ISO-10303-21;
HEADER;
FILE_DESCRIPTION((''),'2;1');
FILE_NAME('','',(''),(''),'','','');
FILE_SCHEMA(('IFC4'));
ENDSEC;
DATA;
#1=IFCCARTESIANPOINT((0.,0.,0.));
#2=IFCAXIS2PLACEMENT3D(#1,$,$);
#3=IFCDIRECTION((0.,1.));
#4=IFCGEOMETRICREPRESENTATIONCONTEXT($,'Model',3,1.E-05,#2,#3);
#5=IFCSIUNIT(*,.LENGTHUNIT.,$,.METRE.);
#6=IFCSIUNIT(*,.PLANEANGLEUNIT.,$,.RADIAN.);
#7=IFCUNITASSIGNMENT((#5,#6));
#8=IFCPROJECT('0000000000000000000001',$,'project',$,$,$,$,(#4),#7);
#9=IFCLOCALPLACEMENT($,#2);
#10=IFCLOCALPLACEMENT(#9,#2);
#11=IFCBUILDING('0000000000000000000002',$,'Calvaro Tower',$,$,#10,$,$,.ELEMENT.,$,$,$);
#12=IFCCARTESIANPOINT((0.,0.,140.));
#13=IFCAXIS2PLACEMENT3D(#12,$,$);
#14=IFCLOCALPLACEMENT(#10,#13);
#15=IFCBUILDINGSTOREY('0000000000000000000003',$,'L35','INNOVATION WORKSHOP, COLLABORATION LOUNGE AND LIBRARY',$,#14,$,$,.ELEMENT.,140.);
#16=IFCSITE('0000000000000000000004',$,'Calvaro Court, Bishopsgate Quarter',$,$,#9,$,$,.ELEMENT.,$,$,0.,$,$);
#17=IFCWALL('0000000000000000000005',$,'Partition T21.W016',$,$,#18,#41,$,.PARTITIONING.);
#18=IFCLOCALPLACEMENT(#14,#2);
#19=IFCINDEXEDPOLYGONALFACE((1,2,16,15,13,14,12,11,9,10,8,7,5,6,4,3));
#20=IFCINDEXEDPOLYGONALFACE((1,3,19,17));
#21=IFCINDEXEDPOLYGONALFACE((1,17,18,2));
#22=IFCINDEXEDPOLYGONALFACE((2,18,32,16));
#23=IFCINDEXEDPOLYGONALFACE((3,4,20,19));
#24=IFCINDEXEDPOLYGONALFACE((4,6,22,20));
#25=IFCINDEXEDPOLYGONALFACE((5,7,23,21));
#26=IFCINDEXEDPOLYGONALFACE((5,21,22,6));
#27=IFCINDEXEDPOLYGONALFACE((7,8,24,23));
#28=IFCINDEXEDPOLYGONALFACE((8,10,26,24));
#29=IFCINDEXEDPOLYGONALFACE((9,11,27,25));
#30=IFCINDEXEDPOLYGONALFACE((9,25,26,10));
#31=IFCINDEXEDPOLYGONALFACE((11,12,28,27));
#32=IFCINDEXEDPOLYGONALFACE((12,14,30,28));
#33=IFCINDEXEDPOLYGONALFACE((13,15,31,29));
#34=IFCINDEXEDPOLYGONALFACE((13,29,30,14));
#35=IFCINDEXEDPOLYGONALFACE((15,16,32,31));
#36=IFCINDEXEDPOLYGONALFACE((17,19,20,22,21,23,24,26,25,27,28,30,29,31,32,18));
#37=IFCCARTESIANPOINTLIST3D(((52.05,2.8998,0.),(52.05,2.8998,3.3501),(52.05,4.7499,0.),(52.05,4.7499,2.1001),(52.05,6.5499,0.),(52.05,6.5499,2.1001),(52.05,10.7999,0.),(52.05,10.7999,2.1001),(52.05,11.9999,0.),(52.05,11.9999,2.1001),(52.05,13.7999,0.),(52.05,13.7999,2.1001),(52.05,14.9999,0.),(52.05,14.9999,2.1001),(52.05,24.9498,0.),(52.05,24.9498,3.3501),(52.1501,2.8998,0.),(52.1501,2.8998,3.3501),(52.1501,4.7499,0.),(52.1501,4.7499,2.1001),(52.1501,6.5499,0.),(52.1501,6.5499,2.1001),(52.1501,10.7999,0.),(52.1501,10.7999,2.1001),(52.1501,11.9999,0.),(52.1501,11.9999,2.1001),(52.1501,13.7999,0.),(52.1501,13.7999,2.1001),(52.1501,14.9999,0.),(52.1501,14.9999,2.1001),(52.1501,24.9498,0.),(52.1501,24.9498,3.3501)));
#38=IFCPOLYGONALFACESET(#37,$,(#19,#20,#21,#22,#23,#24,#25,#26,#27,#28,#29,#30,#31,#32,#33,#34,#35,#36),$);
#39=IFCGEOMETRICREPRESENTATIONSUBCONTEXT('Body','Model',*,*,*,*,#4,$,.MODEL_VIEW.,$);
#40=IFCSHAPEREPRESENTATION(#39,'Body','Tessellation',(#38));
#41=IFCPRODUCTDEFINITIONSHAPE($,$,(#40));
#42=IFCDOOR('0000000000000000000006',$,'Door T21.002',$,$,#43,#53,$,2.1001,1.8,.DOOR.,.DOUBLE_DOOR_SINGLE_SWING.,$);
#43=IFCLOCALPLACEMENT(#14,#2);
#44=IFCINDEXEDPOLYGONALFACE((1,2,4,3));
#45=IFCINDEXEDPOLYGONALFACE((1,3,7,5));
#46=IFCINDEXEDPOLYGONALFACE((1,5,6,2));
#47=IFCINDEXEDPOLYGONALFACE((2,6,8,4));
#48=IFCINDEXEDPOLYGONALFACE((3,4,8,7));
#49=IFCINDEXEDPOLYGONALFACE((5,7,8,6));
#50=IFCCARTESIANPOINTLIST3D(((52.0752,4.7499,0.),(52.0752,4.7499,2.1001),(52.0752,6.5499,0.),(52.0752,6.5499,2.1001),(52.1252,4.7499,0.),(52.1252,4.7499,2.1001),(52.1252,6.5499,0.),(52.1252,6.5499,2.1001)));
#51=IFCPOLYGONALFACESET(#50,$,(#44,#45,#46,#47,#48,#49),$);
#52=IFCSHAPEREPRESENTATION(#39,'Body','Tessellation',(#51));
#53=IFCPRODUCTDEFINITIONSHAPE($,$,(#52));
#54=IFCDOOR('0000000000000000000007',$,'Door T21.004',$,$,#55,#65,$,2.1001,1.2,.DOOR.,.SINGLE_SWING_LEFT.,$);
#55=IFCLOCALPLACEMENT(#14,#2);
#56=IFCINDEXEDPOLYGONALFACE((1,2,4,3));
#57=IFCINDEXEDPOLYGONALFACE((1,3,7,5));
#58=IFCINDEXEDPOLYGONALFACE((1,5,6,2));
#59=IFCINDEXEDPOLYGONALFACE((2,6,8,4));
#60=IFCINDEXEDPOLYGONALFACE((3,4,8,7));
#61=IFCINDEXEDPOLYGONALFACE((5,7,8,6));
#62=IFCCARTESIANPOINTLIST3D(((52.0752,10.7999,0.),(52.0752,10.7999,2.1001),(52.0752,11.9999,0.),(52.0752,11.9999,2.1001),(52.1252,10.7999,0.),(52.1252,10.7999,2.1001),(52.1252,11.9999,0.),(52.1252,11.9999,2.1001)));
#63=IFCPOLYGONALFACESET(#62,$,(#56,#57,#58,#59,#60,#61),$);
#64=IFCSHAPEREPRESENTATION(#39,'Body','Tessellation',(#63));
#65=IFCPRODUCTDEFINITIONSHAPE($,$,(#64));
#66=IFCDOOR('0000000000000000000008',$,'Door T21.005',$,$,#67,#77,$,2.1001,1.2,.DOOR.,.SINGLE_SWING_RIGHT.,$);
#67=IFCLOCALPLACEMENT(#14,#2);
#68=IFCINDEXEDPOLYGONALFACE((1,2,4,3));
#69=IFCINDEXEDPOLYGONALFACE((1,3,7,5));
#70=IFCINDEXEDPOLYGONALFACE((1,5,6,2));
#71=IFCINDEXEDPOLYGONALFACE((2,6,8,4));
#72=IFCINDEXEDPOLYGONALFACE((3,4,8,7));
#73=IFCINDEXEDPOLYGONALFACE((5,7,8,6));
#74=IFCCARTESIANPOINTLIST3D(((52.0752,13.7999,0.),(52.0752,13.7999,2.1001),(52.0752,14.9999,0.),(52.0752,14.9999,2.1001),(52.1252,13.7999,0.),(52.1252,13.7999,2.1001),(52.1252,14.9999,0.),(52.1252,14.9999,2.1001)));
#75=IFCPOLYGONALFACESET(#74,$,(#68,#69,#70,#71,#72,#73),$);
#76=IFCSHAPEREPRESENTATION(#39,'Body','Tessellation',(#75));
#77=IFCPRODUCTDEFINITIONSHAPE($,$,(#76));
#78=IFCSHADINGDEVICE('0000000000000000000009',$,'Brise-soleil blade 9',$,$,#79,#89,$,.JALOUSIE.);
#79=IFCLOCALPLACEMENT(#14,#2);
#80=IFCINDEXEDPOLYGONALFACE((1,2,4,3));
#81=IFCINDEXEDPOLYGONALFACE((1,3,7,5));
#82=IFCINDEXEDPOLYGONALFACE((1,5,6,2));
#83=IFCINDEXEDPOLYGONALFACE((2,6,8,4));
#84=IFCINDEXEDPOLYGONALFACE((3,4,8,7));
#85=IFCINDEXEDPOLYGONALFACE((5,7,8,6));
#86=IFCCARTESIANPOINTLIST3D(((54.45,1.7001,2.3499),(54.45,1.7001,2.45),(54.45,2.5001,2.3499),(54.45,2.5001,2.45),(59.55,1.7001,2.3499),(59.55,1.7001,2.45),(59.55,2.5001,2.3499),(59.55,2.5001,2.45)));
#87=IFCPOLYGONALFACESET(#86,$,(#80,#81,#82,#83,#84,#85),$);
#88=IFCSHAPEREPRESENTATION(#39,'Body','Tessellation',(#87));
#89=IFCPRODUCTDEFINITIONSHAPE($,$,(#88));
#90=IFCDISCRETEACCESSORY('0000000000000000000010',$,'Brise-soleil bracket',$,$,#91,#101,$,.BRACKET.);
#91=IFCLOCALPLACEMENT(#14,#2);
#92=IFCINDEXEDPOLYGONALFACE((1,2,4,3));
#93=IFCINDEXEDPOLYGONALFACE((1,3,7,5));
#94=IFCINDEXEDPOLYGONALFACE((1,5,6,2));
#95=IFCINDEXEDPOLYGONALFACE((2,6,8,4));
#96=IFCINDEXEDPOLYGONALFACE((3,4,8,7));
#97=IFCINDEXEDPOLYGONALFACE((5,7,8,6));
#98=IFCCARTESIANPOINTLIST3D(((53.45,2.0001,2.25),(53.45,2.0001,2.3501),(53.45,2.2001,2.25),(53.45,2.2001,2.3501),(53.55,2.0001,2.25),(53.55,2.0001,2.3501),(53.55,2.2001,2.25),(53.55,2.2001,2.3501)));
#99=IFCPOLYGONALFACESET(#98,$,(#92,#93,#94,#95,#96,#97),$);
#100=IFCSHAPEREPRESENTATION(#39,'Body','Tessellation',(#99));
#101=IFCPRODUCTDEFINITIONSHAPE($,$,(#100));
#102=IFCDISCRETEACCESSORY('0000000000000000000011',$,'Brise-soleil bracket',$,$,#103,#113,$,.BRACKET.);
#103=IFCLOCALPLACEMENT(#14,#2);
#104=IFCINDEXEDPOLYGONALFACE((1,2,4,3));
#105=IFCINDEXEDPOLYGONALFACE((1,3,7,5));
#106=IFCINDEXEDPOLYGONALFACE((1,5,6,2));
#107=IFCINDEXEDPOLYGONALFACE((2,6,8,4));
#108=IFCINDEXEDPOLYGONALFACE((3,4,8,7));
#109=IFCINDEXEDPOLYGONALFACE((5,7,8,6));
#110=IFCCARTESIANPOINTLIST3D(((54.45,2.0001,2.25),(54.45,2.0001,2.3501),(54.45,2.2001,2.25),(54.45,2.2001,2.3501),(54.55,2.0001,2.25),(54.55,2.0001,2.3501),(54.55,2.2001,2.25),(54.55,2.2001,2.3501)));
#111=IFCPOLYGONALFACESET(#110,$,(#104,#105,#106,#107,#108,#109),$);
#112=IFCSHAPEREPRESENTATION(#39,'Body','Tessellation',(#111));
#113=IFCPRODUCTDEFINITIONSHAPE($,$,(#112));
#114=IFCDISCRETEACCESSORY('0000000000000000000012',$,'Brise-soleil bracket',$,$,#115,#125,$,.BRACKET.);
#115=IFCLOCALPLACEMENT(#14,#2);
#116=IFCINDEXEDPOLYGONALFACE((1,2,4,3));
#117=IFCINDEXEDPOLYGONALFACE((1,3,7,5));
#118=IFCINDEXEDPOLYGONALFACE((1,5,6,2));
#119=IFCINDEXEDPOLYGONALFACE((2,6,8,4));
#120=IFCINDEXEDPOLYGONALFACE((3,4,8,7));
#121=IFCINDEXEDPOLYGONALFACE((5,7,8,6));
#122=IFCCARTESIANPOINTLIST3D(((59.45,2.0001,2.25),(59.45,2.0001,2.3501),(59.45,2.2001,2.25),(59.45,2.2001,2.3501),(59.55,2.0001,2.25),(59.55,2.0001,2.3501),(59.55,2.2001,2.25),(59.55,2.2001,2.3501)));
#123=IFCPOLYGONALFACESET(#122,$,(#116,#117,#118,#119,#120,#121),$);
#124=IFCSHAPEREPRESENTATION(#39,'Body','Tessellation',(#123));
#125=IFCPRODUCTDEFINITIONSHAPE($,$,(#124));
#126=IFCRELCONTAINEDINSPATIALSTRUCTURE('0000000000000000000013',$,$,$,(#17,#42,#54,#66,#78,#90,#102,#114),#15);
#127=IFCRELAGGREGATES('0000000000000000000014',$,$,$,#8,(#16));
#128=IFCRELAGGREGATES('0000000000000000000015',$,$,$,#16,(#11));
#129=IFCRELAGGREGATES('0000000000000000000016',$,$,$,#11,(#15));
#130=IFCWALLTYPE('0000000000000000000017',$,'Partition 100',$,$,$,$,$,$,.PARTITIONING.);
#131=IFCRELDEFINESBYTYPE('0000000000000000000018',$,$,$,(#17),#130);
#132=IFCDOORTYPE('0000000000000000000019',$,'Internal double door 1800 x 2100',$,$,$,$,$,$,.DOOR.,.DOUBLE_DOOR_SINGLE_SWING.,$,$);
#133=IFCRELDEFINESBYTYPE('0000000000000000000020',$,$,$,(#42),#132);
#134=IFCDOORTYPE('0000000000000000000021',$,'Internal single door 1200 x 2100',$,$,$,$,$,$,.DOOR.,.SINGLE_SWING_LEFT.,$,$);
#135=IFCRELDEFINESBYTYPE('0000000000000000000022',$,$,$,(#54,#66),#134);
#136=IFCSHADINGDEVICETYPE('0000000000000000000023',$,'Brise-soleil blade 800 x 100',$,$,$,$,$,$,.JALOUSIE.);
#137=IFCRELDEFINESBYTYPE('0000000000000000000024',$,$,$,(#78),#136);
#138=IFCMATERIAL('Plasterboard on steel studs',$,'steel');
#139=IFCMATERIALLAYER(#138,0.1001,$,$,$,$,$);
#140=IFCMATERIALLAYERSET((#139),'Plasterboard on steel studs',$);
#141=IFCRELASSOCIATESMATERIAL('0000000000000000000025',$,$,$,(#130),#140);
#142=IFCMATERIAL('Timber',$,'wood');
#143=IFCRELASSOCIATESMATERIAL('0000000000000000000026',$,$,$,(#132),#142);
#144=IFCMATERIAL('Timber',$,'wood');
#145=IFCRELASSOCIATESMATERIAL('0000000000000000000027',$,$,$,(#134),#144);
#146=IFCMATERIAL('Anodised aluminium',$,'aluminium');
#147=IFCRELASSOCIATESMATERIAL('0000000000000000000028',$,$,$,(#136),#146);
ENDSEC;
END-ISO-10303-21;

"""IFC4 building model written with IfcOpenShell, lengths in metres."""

from ifc_helpers import new_model, si_unit, direction, frame, frame_2d, origin, origin_2d, place, context, subcontext, project, spatial, rectangle, extrude, material, layer, layer_set, material_profile, profile_set, type_object, element, fill, save


model = new_model("IFC4")

# Units and contexts
model_context = context("Model", 3, precision=1e-05, world=origin(), true_north=direction((0.0, 1.0)))
body_context = subcontext(model_context, "Body", "Model", "MODEL_VIEW")
ifc_project = project(units=[si_unit("LENGTHUNIT", "METRE"), si_unit("PLANEANGLEUNIT", "RADIAN")], contexts=[model_context])

# Site, building, storey
site_placement = place(None, origin())
site = spatial("IfcSite", under=ifc_project, at=site_placement, Name="Calvaro Court, Bishopsgate Quarter", CompositionType="ELEMENT", RefElevation=0.0)
building_placement = place(site_placement, origin())
building = spatial("IfcBuilding", under=site, at=building_placement, Name="Calvaro Tower", CompositionType="ELEMENT")
storey_placement = place(building_placement, frame((0.0, 0.0, 140.0)))
storey = spatial("IfcBuildingStorey", under=building, at=storey_placement, Name="L35", Description="INNOVATION WORKSHOP, COLLABORATION LOUNGE AND LIBRARY", CompositionType="ELEMENT", Elevation=140.0)

# Wall, openings, doors
ifc_material_1 = material(Name="Plasterboard on steel studs", Category="steel")
ifc_layer_1 = layer(ifc_material_1, 0.1001)
ifc_layer_set_1 = layer_set([ifc_layer_1], Name="Plasterboard on steel studs")
wall_type = type_object("IfcWallType", Name="Partition 100", PredefinedType="PARTITIONING", material=ifc_layer_set_1)
wall_placement = place(storey_placement, frame((52.1001, 2.8999, 0.0), z_axis=(0.0, 0.0, 1.0), x_axis=(0.0, 1.0, 0.0)))
wall = element("IfcWall", 1, at=wall_placement, inside=storey, type_object=wall_type, Name="Partition T21.W016", PredefinedType="PARTITIONING", context=body_context, shape_type="SweptSolid", body=[
    extrude(rectangle(XDim=22.05, YDim=0.1001, at=frame_2d((11.0249, 0.0))), origin(), (0.0, 0.0, 1.0), 3.3501),
])
opening_1_placement = place(wall_placement, frame((1.8501, 0.0, 0.0)))
opening_1 = element("IfcOpeningElement", 2, at=opening_1_placement, cuts=wall, PredefinedType="OPENING", context=body_context, shape_type="SweptSolid", body=[
    extrude(rectangle(XDim=1.8, YDim=2.1001, at=frame_2d((0.8999, 1.05))), frame((0.0, 0.0601, 0.0), z_axis=(0.0, -1.0, 0.0), x_axis=(1.0, 0.0, 0.0)), (0.0, 0.0, 1.0), 0.1201),
])
opening_2_placement = place(wall_placement, frame((7.8999, 0.0, 0.0)))
opening_2 = element("IfcOpeningElement", 3, at=opening_2_placement, cuts=wall, PredefinedType="OPENING", context=body_context, shape_type="SweptSolid", body=[
    extrude(rectangle(XDim=1.2, YDim=2.1001, at=frame_2d((0.6001, 1.05))), frame((0.0, 0.0601, 0.0), z_axis=(0.0, -1.0, 0.0), x_axis=(1.0, 0.0, 0.0)), (0.0, 0.0, 1.0), 0.1201),
])
opening_3_placement = place(wall_placement, frame((10.8999, 0.0, 0.0)))
opening_3 = element("IfcOpeningElement", 4, at=opening_3_placement, cuts=wall, PredefinedType="OPENING", context=body_context, shape_type="SweptSolid", body=[
    extrude(rectangle(XDim=1.2, YDim=2.1001, at=frame_2d((0.6001, 1.05))), frame((0.0, 0.0601, 0.0), z_axis=(0.0, -1.0, 0.0), x_axis=(1.0, 0.0, 0.0)), (0.0, 0.0, 1.0), 0.1201),
])
ifc_material_2 = material(Name="Timber", Category="wood")
door_type_1 = type_object("IfcDoorType", Name="Internal double door 1800 x 2100", OperationType="DOUBLE_DOOR_SINGLE_SWING", PredefinedType="DOOR", material=ifc_material_2)
door_1_placement = place(opening_1_placement, origin())
door_1 = element("IfcDoor", 5, at=door_1_placement, inside=storey, type_object=door_type_1, Name="Door T21.002", OperationType="DOUBLE_DOOR_SINGLE_SWING", OverallHeight=2.1001, OverallWidth=1.8, PredefinedType="DOOR", context=body_context, shape_type="SweptSolid", body=[
    extrude(rectangle(XDim=1.8, YDim=2.1001, at=frame_2d((0.8999, 1.05))), frame((0.0, 0.0249, 0.0), z_axis=(0.0, -1.0, 0.0), x_axis=(1.0, 0.0, 0.0)), (0.0, 0.0, 1.0), 0.05),
])
fill(opening_1, door_1)
ifc_material_3 = material(Name="Timber", Category="wood")
door_type_2 = type_object("IfcDoorType", Name="Internal single door 1200 x 2100", OperationType="SINGLE_SWING_LEFT", PredefinedType="DOOR", material=ifc_material_3)
door_2_placement = place(opening_2_placement, origin())
door_2 = element("IfcDoor", 6, at=door_2_placement, inside=storey, type_object=door_type_2, Name="Door T21.004", OperationType="SINGLE_SWING_LEFT", OverallHeight=2.1001, OverallWidth=1.2, PredefinedType="DOOR", context=body_context, shape_type="SweptSolid", body=[
    extrude(rectangle(XDim=1.2, YDim=2.1001, at=frame_2d((0.6001, 1.05))), frame((0.0, 0.0249, 0.0), z_axis=(0.0, -1.0, 0.0), x_axis=(1.0, 0.0, 0.0)), (0.0, 0.0, 1.0), 0.05),
])
fill(opening_2, door_2)
door_3_placement = place(opening_3_placement, origin())
door_3 = element("IfcDoor", 7, at=door_3_placement, inside=storey, type_object=door_type_2, Name="Door T21.005", OperationType="SINGLE_SWING_RIGHT", OverallHeight=2.1001, OverallWidth=1.2, PredefinedType="DOOR", context=body_context, shape_type="SweptSolid", body=[
    extrude(rectangle(XDim=1.2, YDim=2.1001, at=frame_2d((0.6001, 1.05))), frame((0.0, 0.0249, 0.0), z_axis=(0.0, -1.0, 0.0), x_axis=(1.0, 0.0, 0.0)), (0.0, 0.0, 1.0), 0.05),
])
fill(opening_3, door_3)

# Shading device
ifc_material_4 = material(Name="Anodised aluminium", Category="aluminium")
ifc_material_profile_1 = material_profile(ifc_material_4, rectangle(XDim=0.8, YDim=0.1001, at=origin_2d()), Name="Brise-soleil blade 800 x 100")
ifc_profile_set_1 = profile_set([ifc_material_profile_1], Name="Anodised aluminium")
shading_device_type = type_object("IfcShadingDeviceType", Name="Brise-soleil blade 800 x 100", PredefinedType="JALOUSIE", material=ifc_profile_set_1)
shading_device_placement = place(storey_placement, frame((54.45, 2.1001, 2.3999), z_axis=(1.0, 0.0, 0.0), x_axis=(0.0, 1.0, 0.0)))
element("IfcShadingDevice", 8, at=shading_device_placement, inside=storey, type_object=shading_device_type, Name="Brise-soleil blade 9", PredefinedType="JALOUSIE", context=body_context, shape_type="SweptSolid", body=[
    extrude(rectangle(XDim=0.8, YDim=0.1001, at=origin_2d()), origin(), (0.0, 0.0, 1.0), 5.1001),
])

# Discrete accessories
for number, where, z_axis, x_axis, name in (
    (9, (53.5, 2.1001, 2.25), (0.0, 0.0, 1.0), (1.0, 0.0, 0.0), "Brise-soleil bracket"),
    (10, (54.5, 2.1001, 2.25), (0.0, 0.0, 1.0), (1.0, 0.0, 0.0), "Brise-soleil bracket"),
    (11, (59.5, 2.1001, 2.25), (0.0, 0.0, 1.0), (1.0, 0.0, 0.0), "Brise-soleil bracket"),
):
    element("IfcDiscreteAccessory", number, at=place(storey_placement, frame(where, z_axis=z_axis, x_axis=x_axis)), inside=storey, Name=name, PredefinedType="BRACKET", context=body_context, shape_type="SweptSolid", body=[
        extrude(rectangle(XDim=0.1001, YDim=0.2, at=origin_2d()), origin(), (0.0, 0.0, 1.0), 0.1001),
    ])

save(model, "model.ifc")
